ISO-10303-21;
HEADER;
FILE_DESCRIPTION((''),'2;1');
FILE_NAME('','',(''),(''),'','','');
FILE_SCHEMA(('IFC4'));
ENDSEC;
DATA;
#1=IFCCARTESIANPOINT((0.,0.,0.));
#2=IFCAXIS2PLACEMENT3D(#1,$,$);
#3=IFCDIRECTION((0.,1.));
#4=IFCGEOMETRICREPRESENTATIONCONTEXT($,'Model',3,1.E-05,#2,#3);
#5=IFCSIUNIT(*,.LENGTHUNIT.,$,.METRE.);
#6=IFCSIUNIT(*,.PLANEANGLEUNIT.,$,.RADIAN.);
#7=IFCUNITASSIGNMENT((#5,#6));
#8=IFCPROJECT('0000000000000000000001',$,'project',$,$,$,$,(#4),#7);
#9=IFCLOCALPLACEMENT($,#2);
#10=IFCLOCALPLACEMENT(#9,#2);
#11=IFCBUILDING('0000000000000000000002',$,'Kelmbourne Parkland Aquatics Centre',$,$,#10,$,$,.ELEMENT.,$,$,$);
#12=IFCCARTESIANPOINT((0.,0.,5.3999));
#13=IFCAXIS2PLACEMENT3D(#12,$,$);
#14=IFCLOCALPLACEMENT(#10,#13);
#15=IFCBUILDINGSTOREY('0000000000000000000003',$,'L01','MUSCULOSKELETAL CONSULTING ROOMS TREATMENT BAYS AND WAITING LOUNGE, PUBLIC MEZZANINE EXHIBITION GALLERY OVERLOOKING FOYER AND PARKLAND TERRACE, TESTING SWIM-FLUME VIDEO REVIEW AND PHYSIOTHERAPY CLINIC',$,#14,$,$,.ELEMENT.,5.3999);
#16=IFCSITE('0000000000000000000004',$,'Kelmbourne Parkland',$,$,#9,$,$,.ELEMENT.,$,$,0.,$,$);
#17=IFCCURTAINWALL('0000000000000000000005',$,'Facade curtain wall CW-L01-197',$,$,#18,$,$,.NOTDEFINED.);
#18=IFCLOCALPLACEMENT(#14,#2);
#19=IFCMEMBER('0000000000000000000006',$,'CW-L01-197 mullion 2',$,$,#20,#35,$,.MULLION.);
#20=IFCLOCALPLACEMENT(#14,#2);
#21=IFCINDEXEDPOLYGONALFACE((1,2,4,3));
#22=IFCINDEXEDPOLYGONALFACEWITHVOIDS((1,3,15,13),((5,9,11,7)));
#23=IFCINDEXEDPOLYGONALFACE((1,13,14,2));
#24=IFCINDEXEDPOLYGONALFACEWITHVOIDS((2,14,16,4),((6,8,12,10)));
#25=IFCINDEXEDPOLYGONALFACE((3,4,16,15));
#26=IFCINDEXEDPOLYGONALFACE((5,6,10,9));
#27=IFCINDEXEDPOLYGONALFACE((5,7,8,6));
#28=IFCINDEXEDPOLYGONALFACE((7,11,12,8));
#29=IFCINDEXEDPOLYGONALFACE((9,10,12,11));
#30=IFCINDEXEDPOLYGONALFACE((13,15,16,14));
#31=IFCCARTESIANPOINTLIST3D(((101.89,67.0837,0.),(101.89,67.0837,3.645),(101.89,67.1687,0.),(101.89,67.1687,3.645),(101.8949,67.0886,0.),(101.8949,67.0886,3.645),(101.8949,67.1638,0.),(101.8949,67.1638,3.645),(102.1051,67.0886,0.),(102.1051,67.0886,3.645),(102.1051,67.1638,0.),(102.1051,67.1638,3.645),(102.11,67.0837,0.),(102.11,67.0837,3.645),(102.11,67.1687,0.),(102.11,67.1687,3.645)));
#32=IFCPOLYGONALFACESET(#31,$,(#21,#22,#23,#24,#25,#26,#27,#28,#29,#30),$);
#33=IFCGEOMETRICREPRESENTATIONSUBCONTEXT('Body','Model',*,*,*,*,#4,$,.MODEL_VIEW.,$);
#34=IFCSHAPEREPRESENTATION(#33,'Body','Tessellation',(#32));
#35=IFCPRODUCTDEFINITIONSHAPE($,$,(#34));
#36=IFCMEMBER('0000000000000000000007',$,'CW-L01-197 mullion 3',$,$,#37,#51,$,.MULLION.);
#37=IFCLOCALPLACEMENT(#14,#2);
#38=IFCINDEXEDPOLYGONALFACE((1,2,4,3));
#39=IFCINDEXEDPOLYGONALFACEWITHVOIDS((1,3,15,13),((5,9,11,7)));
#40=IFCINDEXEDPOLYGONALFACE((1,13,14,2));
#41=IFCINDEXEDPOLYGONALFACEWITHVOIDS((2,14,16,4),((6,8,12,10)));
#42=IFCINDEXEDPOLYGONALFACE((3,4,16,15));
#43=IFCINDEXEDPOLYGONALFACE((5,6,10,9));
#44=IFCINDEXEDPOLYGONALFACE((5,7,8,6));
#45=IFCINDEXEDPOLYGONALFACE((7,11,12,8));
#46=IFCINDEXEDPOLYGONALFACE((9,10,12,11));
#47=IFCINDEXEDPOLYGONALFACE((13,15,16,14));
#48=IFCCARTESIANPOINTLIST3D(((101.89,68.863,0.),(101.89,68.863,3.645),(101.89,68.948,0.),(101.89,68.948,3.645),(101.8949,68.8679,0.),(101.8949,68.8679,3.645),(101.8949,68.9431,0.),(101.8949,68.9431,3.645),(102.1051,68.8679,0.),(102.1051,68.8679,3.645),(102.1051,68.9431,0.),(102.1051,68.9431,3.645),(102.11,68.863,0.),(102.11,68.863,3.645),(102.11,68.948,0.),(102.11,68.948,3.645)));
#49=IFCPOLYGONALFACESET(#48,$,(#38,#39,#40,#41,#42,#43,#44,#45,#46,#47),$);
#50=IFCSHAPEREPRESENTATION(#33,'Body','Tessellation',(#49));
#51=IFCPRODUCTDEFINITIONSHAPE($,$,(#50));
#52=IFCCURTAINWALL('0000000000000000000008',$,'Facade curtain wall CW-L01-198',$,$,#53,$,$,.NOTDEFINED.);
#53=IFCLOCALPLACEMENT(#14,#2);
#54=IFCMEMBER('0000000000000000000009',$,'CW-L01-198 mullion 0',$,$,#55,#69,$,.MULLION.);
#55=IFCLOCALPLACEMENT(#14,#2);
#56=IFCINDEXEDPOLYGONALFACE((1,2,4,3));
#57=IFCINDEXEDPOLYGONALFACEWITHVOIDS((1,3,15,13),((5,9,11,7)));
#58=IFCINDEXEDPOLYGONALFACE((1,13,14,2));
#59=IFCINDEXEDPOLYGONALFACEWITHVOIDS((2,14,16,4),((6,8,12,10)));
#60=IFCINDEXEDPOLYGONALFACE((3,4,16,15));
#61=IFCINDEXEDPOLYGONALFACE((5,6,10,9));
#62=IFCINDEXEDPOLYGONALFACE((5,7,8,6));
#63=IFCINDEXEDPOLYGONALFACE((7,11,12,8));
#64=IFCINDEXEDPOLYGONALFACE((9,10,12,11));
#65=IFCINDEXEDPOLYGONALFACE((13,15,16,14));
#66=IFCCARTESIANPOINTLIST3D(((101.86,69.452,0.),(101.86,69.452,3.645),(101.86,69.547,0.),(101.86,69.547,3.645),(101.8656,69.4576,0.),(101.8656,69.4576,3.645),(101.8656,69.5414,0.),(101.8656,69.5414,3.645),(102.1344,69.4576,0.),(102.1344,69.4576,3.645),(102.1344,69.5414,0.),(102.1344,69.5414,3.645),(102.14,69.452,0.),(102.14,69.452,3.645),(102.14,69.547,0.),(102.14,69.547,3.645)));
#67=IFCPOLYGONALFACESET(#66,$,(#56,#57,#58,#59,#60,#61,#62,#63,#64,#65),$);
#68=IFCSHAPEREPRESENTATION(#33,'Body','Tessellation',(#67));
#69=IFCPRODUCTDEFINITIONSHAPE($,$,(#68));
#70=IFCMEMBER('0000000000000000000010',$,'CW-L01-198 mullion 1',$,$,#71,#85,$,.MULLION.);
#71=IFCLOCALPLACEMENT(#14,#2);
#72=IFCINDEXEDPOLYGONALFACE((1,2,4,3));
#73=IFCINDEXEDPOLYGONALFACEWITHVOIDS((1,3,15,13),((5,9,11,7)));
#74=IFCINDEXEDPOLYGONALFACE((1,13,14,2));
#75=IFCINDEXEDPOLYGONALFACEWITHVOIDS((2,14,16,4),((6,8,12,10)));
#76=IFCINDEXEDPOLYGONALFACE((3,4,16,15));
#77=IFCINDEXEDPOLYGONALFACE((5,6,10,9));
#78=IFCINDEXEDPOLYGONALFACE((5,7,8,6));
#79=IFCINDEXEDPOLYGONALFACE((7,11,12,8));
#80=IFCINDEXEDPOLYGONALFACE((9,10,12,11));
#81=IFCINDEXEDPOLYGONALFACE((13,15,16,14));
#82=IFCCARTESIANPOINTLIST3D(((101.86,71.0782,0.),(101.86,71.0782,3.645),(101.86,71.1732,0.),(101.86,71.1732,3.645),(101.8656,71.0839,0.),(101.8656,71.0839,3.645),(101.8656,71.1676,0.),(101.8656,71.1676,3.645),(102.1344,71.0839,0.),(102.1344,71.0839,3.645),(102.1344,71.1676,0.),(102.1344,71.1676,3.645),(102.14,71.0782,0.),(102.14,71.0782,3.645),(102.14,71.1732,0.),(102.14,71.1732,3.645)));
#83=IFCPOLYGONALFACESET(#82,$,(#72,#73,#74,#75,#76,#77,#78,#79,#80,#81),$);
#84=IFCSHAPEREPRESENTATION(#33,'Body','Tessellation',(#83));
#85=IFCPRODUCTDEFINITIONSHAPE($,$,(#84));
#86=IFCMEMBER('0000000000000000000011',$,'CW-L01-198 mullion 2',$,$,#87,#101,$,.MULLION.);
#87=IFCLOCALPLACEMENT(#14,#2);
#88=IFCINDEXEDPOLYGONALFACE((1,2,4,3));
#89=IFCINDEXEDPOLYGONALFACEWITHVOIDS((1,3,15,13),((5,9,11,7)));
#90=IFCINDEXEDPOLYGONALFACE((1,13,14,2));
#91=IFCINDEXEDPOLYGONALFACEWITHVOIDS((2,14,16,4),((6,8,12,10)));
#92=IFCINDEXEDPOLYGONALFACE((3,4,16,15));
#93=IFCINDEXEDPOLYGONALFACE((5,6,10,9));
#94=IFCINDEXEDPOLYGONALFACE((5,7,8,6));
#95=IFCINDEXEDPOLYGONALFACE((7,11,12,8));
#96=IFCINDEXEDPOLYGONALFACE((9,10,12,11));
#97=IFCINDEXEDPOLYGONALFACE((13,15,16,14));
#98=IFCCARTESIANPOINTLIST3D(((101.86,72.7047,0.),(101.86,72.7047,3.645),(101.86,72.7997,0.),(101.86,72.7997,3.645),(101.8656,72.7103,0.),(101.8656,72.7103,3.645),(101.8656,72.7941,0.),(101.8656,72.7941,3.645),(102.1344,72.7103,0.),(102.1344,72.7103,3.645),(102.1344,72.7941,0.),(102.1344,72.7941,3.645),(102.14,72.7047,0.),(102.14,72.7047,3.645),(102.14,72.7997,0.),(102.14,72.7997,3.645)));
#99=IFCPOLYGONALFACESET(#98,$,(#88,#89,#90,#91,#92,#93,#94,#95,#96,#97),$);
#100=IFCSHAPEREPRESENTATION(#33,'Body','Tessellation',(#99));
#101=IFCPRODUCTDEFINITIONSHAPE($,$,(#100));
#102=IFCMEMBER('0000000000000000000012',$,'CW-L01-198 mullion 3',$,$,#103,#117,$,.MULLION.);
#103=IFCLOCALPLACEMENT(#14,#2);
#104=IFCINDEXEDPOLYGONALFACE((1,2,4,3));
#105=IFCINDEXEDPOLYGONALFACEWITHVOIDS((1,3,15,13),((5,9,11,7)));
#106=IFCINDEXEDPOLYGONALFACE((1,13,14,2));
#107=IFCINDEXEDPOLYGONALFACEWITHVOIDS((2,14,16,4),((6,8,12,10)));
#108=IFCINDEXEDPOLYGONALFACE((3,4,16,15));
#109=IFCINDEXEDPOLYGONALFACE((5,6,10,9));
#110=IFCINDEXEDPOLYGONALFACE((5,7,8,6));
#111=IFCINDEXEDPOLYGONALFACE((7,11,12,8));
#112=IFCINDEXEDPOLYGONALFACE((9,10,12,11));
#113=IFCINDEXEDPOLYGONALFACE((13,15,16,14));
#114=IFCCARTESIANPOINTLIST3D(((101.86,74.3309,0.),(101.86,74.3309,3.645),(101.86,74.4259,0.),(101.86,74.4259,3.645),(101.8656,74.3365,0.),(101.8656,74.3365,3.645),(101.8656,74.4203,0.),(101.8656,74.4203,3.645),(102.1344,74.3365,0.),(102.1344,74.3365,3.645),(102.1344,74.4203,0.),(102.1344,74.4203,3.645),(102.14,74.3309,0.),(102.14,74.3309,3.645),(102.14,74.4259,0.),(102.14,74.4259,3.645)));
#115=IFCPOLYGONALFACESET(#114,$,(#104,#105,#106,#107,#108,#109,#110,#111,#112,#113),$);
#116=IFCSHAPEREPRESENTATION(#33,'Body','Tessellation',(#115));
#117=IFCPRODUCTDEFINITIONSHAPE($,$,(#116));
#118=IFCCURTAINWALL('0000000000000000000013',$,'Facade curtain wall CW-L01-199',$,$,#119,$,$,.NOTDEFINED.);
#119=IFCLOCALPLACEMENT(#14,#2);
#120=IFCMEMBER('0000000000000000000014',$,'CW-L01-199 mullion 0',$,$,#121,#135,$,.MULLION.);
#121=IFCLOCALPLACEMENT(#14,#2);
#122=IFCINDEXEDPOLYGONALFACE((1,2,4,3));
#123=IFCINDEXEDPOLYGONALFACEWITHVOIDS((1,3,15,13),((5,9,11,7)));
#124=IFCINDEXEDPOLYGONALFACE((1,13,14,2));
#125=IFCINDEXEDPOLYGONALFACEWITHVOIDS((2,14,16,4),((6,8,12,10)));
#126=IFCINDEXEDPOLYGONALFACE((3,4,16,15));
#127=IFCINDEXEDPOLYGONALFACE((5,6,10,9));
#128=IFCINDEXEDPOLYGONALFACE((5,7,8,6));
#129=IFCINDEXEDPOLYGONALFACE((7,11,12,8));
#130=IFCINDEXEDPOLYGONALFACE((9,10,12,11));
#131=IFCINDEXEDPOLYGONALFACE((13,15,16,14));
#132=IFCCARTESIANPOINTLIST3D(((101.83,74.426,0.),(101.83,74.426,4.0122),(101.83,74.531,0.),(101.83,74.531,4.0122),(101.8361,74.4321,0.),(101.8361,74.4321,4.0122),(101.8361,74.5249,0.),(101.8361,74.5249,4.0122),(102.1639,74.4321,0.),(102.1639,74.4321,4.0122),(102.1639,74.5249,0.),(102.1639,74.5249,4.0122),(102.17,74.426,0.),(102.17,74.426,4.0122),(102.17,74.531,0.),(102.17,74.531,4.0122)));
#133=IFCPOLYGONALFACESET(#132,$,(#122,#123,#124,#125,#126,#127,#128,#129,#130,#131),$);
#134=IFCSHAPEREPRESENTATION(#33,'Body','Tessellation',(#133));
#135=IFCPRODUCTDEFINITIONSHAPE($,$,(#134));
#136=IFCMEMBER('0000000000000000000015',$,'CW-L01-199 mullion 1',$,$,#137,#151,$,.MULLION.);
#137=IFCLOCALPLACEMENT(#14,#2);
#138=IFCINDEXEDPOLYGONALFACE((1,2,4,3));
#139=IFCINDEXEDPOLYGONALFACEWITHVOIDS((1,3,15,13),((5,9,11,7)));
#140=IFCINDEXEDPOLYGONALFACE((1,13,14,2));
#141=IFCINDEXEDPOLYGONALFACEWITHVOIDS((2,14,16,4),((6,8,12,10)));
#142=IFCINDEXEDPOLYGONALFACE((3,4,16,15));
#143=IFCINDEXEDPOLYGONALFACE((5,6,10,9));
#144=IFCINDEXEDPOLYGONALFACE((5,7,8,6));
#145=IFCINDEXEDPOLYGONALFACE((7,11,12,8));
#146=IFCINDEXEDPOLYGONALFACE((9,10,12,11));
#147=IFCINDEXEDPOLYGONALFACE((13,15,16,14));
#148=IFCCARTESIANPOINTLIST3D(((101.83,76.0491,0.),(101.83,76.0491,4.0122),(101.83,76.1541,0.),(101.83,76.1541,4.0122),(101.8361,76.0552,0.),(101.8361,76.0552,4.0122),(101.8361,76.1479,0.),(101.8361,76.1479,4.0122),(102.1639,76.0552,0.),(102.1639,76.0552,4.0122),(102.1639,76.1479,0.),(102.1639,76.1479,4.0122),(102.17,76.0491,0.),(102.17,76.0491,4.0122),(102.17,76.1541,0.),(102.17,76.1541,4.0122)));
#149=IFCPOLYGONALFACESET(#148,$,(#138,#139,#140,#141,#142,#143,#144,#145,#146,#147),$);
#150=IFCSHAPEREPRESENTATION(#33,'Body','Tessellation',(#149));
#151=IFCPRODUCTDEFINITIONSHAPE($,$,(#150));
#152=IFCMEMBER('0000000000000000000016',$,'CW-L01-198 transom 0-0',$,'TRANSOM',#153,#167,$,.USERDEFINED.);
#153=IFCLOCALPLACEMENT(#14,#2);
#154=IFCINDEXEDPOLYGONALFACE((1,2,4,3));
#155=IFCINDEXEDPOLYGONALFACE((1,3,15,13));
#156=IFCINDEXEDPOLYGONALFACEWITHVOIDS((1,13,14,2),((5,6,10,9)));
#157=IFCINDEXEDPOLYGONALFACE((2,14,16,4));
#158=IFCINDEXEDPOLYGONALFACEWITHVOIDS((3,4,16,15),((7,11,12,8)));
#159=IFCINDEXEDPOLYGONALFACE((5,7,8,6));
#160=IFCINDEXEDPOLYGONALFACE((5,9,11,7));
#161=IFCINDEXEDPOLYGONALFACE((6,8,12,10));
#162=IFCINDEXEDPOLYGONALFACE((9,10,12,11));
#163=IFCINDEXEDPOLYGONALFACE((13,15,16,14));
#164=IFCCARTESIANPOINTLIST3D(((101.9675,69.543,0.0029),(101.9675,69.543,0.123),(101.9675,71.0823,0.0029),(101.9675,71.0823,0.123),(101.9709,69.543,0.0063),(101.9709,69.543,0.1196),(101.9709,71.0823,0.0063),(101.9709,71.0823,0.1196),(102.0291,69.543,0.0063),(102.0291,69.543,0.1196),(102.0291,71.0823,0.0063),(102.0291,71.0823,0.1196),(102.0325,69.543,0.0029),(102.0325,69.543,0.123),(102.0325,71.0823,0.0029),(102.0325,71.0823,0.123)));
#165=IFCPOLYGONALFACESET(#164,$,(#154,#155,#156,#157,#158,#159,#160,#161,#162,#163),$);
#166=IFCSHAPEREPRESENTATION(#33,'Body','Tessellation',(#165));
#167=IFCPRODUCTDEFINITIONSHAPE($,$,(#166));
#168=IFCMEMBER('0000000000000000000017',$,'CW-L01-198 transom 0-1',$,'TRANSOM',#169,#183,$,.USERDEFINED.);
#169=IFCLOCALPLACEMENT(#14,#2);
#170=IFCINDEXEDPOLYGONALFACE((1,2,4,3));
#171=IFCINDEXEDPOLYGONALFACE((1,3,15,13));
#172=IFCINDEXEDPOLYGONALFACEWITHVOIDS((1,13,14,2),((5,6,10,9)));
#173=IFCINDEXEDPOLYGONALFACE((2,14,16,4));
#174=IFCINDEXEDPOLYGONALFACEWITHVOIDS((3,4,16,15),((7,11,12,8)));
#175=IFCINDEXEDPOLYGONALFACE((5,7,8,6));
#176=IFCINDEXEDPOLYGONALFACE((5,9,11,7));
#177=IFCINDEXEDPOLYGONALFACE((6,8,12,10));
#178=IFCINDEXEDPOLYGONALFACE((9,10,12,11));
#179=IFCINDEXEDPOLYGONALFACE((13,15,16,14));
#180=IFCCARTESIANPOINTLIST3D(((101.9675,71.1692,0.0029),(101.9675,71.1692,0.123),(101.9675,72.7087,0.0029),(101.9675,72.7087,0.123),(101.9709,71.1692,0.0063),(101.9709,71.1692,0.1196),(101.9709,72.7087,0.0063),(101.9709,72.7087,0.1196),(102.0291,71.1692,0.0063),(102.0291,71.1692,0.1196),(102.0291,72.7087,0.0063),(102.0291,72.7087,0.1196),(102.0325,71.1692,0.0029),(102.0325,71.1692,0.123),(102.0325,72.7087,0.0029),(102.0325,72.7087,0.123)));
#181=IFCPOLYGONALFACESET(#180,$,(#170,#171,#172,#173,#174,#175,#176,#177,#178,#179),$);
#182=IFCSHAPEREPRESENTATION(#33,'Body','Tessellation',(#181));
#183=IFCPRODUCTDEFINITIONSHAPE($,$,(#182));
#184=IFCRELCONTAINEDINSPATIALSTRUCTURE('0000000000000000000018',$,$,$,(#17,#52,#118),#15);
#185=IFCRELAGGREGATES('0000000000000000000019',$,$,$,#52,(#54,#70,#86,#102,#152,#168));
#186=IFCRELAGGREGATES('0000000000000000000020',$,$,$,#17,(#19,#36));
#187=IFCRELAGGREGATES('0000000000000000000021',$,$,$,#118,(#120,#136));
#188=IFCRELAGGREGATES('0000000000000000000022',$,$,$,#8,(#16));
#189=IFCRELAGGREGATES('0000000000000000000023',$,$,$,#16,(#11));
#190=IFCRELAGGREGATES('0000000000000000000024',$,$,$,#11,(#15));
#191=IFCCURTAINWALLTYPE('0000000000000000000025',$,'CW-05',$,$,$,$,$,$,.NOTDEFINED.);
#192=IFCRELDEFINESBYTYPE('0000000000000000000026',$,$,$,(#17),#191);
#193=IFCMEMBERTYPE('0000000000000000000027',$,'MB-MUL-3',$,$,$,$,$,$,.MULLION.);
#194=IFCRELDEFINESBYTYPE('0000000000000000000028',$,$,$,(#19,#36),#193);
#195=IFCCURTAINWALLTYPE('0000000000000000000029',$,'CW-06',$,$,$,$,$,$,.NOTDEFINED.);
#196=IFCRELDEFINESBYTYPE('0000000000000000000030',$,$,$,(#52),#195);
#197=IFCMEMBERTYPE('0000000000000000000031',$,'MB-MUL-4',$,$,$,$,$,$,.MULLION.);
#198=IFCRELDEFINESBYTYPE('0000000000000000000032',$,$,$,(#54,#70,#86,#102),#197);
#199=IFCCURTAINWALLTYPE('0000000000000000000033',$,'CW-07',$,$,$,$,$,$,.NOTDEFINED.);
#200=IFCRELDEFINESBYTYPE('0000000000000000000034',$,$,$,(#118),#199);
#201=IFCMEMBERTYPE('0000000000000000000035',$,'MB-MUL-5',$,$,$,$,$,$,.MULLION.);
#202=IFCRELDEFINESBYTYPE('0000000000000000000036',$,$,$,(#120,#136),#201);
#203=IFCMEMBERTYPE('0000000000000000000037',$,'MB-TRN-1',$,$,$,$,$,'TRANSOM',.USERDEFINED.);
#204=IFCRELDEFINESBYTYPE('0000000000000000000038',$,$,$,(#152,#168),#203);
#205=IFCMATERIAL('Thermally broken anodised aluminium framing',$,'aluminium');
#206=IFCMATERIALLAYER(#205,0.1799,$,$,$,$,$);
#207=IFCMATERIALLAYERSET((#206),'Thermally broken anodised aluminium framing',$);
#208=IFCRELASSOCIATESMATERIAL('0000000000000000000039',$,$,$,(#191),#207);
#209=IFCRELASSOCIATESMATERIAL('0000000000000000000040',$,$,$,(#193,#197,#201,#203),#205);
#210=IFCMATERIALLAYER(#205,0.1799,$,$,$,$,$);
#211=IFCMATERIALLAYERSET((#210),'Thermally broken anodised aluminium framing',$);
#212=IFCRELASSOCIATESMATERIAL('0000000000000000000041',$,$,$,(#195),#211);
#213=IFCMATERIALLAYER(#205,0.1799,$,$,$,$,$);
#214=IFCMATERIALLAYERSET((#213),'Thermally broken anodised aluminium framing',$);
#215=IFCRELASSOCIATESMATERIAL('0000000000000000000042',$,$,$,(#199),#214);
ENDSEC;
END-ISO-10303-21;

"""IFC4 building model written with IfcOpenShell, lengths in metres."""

from ifc_helpers import new_model, si_unit, direction, frame, origin, origin_2d, place, context, subcontext, project, spatial, hollow_rectangle, extrude, material, layer, layer_set, material_profile, profile_set, type_object, element, aggregate, save


model = new_model("IFC4")

# Units and contexts
model_context = context("Model", 3, precision=1e-05, world=origin(), true_north=direction((0.0, 1.0)))
body_context = subcontext(model_context, "Body", "Model", "MODEL_VIEW")
ifc_project = project(units=[si_unit("LENGTHUNIT", "METRE"), si_unit("PLANEANGLEUNIT", "RADIAN")], contexts=[model_context])

# Site, building, storey
site_placement = place(None, origin())
site = spatial("IfcSite", under=ifc_project, at=site_placement, Name="Kelmbourne Parkland", CompositionType="ELEMENT", RefElevation=0.0)
building_placement = place(site_placement, origin())
building = spatial("IfcBuilding", under=site, at=building_placement, Name="Kelmbourne Parkland Aquatics Centre", CompositionType="ELEMENT")
storey_placement = place(building_placement, frame((0.0, 0.0, 5.3999)))
storey = spatial("IfcBuildingStorey", under=building, at=storey_placement, Name="L01", Description="MUSCULOSKELETAL CONSULTING ROOMS TREATMENT BAYS AND WAITING LOUNGE, PUBLIC MEZZANINE EXHIBITION GALLERY OVERLOOKING FOYER AND PARKLAND TERRACE, TESTING SWIM-FLUME VIDEO REVIEW AND PHYSIOTHERAPY CLINIC", CompositionType="ELEMENT", Elevation=5.3999)

# Curtain walls, members
ifc_material_1 = material(Name="Thermally broken anodised aluminium framing", Category="aluminium")
ifc_layer_1 = layer(ifc_material_1, 0.1799)
ifc_layer_set_1 = layer_set([ifc_layer_1], Name="Thermally broken anodised aluminium framing")
curtain_wall_type_1 = type_object("IfcCurtainWallType", Name="CW-05", PredefinedType="NOTDEFINED", material=ifc_layer_set_1)
curtain_wall_1_placement = place(storey_placement, origin())
curtain_wall_1 = element("IfcCurtainWall", 1, at=curtain_wall_1_placement, inside=storey, type_object=curtain_wall_type_1, Name="Facade curtain wall CW-L01-197", PredefinedType="NOTDEFINED")
ifc_material_profile_1 = material_profile(ifc_material_1, hollow_rectangle(XDim=0.085, YDim=0.22, WallThickness=0.0049, at=origin_2d()), Name="CW-M 85x220")
ifc_profile_set_1 = profile_set([ifc_material_profile_1], Name="Thermally broken anodised aluminium framing")
member_type_1 = type_object("IfcMemberType", Name="MB-MUL-3", PredefinedType="MULLION", material=ifc_profile_set_1)
member_1_placement = place(storey_placement, frame((102.0, 67.1262, 0.0), z_axis=(0.0, 0.0, 1.0), x_axis=(0.0, 1.0, 0.0)))
member_1 = element("IfcMember", 2, at=member_1_placement, type_object=member_type_1, Name="CW-L01-197 mullion 2", PredefinedType="MULLION", context=body_context, shape_type="SweptSolid", body=[
    extrude(hollow_rectangle(XDim=0.085, YDim=0.22, WallThickness=0.0049, at=origin_2d()), origin(), (0.0, 0.0, 1.0), 3.645),
])
member_2_placement = place(storey_placement, frame((102.0, 68.9055, 0.0), z_axis=(0.0, 0.0, 1.0), x_axis=(0.0, 1.0, 0.0)))
member_2 = element("IfcMember", 3, at=member_2_placement, type_object=member_type_1, Name="CW-L01-197 mullion 3", PredefinedType="MULLION", context=body_context, shape_type="SweptSolid", body=[
    extrude(hollow_rectangle(XDim=0.085, YDim=0.22, WallThickness=0.0049, at=origin_2d()), origin(), (0.0, 0.0, 1.0), 3.645),
])
ifc_layer_2 = layer(ifc_material_1, 0.1799)
ifc_layer_set_2 = layer_set([ifc_layer_2], Name="Thermally broken anodised aluminium framing")
curtain_wall_type_2 = type_object("IfcCurtainWallType", Name="CW-06", PredefinedType="NOTDEFINED", material=ifc_layer_set_2)
curtain_wall_2_placement = place(storey_placement, origin())
curtain_wall_2 = element("IfcCurtainWall", 4, at=curtain_wall_2_placement, inside=storey, type_object=curtain_wall_type_2, Name="Facade curtain wall CW-L01-198", PredefinedType="NOTDEFINED")
ifc_material_profile_2 = material_profile(ifc_material_1, hollow_rectangle(XDim=0.095, YDim=0.28, WallThickness=0.0056, at=origin_2d()), Name="CW-M 95x280")
ifc_profile_set_2 = profile_set([ifc_material_profile_2], Name="Thermally broken anodised aluminium framing")
member_type_2 = type_object("IfcMemberType", Name="MB-MUL-4", PredefinedType="MULLION", material=ifc_profile_set_2)
member_3_placement = place(storey_placement, frame((102.0, 69.4995, 0.0), z_axis=(0.0, 0.0, 1.0), x_axis=(0.0, 1.0, 0.0)))
member_3 = element("IfcMember", 5, at=member_3_placement, type_object=member_type_2, Name="CW-L01-198 mullion 0", PredefinedType="MULLION", context=body_context, shape_type="SweptSolid", body=[
    extrude(hollow_rectangle(XDim=0.095, YDim=0.28, WallThickness=0.0056, at=origin_2d()), origin(), (0.0, 0.0, 1.0), 3.645),
])
member_4_placement = place(storey_placement, frame((102.0, 71.1257, 0.0), z_axis=(0.0, 0.0, 1.0), x_axis=(0.0, 1.0, 0.0)))
member_4 = element("IfcMember", 6, at=member_4_placement, type_object=member_type_2, Name="CW-L01-198 mullion 1", PredefinedType="MULLION", context=body_context, shape_type="SweptSolid", body=[
    extrude(hollow_rectangle(XDim=0.095, YDim=0.28, WallThickness=0.0056, at=origin_2d()), origin(), (0.0, 0.0, 1.0), 3.645),
])
member_5_placement = place(storey_placement, frame((102.0, 72.7522, 0.0), z_axis=(0.0, 0.0, 1.0), x_axis=(0.0, 1.0, 0.0)))
member_5 = element("IfcMember", 7, at=member_5_placement, type_object=member_type_2, Name="CW-L01-198 mullion 2", PredefinedType="MULLION", context=body_context, shape_type="SweptSolid", body=[
    extrude(hollow_rectangle(XDim=0.095, YDim=0.28, WallThickness=0.0056, at=origin_2d()), origin(), (0.0, 0.0, 1.0), 3.645),
])
member_6_placement = place(storey_placement, frame((102.0, 74.3784, 0.0), z_axis=(0.0, 0.0, 1.0), x_axis=(0.0, 1.0, 0.0)))
member_6 = element("IfcMember", 8, at=member_6_placement, type_object=member_type_2, Name="CW-L01-198 mullion 3", PredefinedType="MULLION", context=body_context, shape_type="SweptSolid", body=[
    extrude(hollow_rectangle(XDim=0.095, YDim=0.28, WallThickness=0.0056, at=origin_2d()), origin(), (0.0, 0.0, 1.0), 3.645),
])
ifc_layer_3 = layer(ifc_material_1, 0.1799)
ifc_layer_set_3 = layer_set([ifc_layer_3], Name="Thermally broken anodised aluminium framing")
curtain_wall_type_3 = type_object("IfcCurtainWallType", Name="CW-07", PredefinedType="NOTDEFINED", material=ifc_layer_set_3)
curtain_wall_3_placement = place(storey_placement, origin())
curtain_wall_3 = element("IfcCurtainWall", 9, at=curtain_wall_3_placement, inside=storey, type_object=curtain_wall_type_3, Name="Facade curtain wall CW-L01-199", PredefinedType="NOTDEFINED")
ifc_material_profile_3 = material_profile(ifc_material_1, hollow_rectangle(XDim=0.105, YDim=0.3401, WallThickness=0.0061, at=origin_2d()), Name="CW-M 105x340")
ifc_profile_set_3 = profile_set([ifc_material_profile_3], Name="Thermally broken anodised aluminium framing")
member_type_3 = type_object("IfcMemberType", Name="MB-MUL-5", PredefinedType="MULLION", material=ifc_profile_set_3)
member_7_placement = place(storey_placement, frame((102.0, 74.4785, 0.0), z_axis=(0.0, 0.0, 1.0), x_axis=(0.0, 1.0, 0.0)))
member_7 = element("IfcMember", 10, at=member_7_placement, type_object=member_type_3, Name="CW-L01-199 mullion 0", PredefinedType="MULLION", context=body_context, shape_type="SweptSolid", body=[
    extrude(hollow_rectangle(XDim=0.105, YDim=0.3401, WallThickness=0.0061, at=origin_2d()), origin(), (0.0, 0.0, 1.0), 4.0122),
])
member_8_placement = place(storey_placement, frame((102.0, 76.1016, 0.0), z_axis=(0.0, 0.0, 1.0), x_axis=(0.0, 1.0, 0.0)))
member_8 = element("IfcMember", 11, at=member_8_placement, type_object=member_type_3, Name="CW-L01-199 mullion 1", PredefinedType="MULLION", context=body_context, shape_type="SweptSolid", body=[
    extrude(hollow_rectangle(XDim=0.105, YDim=0.3401, WallThickness=0.0061, at=origin_2d()), origin(), (0.0, 0.0, 1.0), 4.0122),
])

# Members
ifc_material_profile_4 = material_profile(ifc_material_1, hollow_rectangle(XDim=0.0649, YDim=0.1201, WallThickness=0.0034, at=origin_2d()), Name="CW-T 65x120")
ifc_profile_set_4 = profile_set([ifc_material_profile_4], Name="Thermally broken anodised aluminium framing")
member_type_4 = type_object("IfcMemberType", Name="MB-TRN-1", ElementType="TRANSOM", PredefinedType="USERDEFINED", material=ifc_profile_set_4)
member_9_placement = place(storey_placement, frame((102.0, 69.543, 0.063), z_axis=(0.0, 1.0, 0.0), x_axis=(-1.0, 0.0, 0.0)))
member_9 = element("IfcMember", 12, at=member_9_placement, type_object=member_type_4, Name="CW-L01-198 transom 0-0", ObjectType="TRANSOM", PredefinedType="USERDEFINED", context=body_context, shape_type="SweptSolid", body=[
    extrude(hollow_rectangle(XDim=0.0649, YDim=0.1201, WallThickness=0.0034, at=origin_2d()), origin(), (0.0, 0.0, 1.0), 1.5393),
])
member_10_placement = place(storey_placement, frame((102.0, 71.1692, 0.063), z_axis=(0.0, 1.0, 0.0), x_axis=(-1.0, 0.0, 0.0)))
member_10 = element("IfcMember", 13, at=member_10_placement, type_object=member_type_4, Name="CW-L01-198 transom 0-1", ObjectType="TRANSOM", PredefinedType="USERDEFINED", context=body_context, shape_type="SweptSolid", body=[
    extrude(hollow_rectangle(XDim=0.0649, YDim=0.1201, WallThickness=0.0034, at=origin_2d()), origin(), (0.0, 0.0, 1.0), 1.5396),
])

aggregate(curtain_wall_2, [member_3, member_4, member_5, member_6, member_9, member_10])
aggregate(curtain_wall_1, [member_1, member_2])
aggregate(curtain_wall_3, [member_7, member_8])

save(model, "model.ifc")
